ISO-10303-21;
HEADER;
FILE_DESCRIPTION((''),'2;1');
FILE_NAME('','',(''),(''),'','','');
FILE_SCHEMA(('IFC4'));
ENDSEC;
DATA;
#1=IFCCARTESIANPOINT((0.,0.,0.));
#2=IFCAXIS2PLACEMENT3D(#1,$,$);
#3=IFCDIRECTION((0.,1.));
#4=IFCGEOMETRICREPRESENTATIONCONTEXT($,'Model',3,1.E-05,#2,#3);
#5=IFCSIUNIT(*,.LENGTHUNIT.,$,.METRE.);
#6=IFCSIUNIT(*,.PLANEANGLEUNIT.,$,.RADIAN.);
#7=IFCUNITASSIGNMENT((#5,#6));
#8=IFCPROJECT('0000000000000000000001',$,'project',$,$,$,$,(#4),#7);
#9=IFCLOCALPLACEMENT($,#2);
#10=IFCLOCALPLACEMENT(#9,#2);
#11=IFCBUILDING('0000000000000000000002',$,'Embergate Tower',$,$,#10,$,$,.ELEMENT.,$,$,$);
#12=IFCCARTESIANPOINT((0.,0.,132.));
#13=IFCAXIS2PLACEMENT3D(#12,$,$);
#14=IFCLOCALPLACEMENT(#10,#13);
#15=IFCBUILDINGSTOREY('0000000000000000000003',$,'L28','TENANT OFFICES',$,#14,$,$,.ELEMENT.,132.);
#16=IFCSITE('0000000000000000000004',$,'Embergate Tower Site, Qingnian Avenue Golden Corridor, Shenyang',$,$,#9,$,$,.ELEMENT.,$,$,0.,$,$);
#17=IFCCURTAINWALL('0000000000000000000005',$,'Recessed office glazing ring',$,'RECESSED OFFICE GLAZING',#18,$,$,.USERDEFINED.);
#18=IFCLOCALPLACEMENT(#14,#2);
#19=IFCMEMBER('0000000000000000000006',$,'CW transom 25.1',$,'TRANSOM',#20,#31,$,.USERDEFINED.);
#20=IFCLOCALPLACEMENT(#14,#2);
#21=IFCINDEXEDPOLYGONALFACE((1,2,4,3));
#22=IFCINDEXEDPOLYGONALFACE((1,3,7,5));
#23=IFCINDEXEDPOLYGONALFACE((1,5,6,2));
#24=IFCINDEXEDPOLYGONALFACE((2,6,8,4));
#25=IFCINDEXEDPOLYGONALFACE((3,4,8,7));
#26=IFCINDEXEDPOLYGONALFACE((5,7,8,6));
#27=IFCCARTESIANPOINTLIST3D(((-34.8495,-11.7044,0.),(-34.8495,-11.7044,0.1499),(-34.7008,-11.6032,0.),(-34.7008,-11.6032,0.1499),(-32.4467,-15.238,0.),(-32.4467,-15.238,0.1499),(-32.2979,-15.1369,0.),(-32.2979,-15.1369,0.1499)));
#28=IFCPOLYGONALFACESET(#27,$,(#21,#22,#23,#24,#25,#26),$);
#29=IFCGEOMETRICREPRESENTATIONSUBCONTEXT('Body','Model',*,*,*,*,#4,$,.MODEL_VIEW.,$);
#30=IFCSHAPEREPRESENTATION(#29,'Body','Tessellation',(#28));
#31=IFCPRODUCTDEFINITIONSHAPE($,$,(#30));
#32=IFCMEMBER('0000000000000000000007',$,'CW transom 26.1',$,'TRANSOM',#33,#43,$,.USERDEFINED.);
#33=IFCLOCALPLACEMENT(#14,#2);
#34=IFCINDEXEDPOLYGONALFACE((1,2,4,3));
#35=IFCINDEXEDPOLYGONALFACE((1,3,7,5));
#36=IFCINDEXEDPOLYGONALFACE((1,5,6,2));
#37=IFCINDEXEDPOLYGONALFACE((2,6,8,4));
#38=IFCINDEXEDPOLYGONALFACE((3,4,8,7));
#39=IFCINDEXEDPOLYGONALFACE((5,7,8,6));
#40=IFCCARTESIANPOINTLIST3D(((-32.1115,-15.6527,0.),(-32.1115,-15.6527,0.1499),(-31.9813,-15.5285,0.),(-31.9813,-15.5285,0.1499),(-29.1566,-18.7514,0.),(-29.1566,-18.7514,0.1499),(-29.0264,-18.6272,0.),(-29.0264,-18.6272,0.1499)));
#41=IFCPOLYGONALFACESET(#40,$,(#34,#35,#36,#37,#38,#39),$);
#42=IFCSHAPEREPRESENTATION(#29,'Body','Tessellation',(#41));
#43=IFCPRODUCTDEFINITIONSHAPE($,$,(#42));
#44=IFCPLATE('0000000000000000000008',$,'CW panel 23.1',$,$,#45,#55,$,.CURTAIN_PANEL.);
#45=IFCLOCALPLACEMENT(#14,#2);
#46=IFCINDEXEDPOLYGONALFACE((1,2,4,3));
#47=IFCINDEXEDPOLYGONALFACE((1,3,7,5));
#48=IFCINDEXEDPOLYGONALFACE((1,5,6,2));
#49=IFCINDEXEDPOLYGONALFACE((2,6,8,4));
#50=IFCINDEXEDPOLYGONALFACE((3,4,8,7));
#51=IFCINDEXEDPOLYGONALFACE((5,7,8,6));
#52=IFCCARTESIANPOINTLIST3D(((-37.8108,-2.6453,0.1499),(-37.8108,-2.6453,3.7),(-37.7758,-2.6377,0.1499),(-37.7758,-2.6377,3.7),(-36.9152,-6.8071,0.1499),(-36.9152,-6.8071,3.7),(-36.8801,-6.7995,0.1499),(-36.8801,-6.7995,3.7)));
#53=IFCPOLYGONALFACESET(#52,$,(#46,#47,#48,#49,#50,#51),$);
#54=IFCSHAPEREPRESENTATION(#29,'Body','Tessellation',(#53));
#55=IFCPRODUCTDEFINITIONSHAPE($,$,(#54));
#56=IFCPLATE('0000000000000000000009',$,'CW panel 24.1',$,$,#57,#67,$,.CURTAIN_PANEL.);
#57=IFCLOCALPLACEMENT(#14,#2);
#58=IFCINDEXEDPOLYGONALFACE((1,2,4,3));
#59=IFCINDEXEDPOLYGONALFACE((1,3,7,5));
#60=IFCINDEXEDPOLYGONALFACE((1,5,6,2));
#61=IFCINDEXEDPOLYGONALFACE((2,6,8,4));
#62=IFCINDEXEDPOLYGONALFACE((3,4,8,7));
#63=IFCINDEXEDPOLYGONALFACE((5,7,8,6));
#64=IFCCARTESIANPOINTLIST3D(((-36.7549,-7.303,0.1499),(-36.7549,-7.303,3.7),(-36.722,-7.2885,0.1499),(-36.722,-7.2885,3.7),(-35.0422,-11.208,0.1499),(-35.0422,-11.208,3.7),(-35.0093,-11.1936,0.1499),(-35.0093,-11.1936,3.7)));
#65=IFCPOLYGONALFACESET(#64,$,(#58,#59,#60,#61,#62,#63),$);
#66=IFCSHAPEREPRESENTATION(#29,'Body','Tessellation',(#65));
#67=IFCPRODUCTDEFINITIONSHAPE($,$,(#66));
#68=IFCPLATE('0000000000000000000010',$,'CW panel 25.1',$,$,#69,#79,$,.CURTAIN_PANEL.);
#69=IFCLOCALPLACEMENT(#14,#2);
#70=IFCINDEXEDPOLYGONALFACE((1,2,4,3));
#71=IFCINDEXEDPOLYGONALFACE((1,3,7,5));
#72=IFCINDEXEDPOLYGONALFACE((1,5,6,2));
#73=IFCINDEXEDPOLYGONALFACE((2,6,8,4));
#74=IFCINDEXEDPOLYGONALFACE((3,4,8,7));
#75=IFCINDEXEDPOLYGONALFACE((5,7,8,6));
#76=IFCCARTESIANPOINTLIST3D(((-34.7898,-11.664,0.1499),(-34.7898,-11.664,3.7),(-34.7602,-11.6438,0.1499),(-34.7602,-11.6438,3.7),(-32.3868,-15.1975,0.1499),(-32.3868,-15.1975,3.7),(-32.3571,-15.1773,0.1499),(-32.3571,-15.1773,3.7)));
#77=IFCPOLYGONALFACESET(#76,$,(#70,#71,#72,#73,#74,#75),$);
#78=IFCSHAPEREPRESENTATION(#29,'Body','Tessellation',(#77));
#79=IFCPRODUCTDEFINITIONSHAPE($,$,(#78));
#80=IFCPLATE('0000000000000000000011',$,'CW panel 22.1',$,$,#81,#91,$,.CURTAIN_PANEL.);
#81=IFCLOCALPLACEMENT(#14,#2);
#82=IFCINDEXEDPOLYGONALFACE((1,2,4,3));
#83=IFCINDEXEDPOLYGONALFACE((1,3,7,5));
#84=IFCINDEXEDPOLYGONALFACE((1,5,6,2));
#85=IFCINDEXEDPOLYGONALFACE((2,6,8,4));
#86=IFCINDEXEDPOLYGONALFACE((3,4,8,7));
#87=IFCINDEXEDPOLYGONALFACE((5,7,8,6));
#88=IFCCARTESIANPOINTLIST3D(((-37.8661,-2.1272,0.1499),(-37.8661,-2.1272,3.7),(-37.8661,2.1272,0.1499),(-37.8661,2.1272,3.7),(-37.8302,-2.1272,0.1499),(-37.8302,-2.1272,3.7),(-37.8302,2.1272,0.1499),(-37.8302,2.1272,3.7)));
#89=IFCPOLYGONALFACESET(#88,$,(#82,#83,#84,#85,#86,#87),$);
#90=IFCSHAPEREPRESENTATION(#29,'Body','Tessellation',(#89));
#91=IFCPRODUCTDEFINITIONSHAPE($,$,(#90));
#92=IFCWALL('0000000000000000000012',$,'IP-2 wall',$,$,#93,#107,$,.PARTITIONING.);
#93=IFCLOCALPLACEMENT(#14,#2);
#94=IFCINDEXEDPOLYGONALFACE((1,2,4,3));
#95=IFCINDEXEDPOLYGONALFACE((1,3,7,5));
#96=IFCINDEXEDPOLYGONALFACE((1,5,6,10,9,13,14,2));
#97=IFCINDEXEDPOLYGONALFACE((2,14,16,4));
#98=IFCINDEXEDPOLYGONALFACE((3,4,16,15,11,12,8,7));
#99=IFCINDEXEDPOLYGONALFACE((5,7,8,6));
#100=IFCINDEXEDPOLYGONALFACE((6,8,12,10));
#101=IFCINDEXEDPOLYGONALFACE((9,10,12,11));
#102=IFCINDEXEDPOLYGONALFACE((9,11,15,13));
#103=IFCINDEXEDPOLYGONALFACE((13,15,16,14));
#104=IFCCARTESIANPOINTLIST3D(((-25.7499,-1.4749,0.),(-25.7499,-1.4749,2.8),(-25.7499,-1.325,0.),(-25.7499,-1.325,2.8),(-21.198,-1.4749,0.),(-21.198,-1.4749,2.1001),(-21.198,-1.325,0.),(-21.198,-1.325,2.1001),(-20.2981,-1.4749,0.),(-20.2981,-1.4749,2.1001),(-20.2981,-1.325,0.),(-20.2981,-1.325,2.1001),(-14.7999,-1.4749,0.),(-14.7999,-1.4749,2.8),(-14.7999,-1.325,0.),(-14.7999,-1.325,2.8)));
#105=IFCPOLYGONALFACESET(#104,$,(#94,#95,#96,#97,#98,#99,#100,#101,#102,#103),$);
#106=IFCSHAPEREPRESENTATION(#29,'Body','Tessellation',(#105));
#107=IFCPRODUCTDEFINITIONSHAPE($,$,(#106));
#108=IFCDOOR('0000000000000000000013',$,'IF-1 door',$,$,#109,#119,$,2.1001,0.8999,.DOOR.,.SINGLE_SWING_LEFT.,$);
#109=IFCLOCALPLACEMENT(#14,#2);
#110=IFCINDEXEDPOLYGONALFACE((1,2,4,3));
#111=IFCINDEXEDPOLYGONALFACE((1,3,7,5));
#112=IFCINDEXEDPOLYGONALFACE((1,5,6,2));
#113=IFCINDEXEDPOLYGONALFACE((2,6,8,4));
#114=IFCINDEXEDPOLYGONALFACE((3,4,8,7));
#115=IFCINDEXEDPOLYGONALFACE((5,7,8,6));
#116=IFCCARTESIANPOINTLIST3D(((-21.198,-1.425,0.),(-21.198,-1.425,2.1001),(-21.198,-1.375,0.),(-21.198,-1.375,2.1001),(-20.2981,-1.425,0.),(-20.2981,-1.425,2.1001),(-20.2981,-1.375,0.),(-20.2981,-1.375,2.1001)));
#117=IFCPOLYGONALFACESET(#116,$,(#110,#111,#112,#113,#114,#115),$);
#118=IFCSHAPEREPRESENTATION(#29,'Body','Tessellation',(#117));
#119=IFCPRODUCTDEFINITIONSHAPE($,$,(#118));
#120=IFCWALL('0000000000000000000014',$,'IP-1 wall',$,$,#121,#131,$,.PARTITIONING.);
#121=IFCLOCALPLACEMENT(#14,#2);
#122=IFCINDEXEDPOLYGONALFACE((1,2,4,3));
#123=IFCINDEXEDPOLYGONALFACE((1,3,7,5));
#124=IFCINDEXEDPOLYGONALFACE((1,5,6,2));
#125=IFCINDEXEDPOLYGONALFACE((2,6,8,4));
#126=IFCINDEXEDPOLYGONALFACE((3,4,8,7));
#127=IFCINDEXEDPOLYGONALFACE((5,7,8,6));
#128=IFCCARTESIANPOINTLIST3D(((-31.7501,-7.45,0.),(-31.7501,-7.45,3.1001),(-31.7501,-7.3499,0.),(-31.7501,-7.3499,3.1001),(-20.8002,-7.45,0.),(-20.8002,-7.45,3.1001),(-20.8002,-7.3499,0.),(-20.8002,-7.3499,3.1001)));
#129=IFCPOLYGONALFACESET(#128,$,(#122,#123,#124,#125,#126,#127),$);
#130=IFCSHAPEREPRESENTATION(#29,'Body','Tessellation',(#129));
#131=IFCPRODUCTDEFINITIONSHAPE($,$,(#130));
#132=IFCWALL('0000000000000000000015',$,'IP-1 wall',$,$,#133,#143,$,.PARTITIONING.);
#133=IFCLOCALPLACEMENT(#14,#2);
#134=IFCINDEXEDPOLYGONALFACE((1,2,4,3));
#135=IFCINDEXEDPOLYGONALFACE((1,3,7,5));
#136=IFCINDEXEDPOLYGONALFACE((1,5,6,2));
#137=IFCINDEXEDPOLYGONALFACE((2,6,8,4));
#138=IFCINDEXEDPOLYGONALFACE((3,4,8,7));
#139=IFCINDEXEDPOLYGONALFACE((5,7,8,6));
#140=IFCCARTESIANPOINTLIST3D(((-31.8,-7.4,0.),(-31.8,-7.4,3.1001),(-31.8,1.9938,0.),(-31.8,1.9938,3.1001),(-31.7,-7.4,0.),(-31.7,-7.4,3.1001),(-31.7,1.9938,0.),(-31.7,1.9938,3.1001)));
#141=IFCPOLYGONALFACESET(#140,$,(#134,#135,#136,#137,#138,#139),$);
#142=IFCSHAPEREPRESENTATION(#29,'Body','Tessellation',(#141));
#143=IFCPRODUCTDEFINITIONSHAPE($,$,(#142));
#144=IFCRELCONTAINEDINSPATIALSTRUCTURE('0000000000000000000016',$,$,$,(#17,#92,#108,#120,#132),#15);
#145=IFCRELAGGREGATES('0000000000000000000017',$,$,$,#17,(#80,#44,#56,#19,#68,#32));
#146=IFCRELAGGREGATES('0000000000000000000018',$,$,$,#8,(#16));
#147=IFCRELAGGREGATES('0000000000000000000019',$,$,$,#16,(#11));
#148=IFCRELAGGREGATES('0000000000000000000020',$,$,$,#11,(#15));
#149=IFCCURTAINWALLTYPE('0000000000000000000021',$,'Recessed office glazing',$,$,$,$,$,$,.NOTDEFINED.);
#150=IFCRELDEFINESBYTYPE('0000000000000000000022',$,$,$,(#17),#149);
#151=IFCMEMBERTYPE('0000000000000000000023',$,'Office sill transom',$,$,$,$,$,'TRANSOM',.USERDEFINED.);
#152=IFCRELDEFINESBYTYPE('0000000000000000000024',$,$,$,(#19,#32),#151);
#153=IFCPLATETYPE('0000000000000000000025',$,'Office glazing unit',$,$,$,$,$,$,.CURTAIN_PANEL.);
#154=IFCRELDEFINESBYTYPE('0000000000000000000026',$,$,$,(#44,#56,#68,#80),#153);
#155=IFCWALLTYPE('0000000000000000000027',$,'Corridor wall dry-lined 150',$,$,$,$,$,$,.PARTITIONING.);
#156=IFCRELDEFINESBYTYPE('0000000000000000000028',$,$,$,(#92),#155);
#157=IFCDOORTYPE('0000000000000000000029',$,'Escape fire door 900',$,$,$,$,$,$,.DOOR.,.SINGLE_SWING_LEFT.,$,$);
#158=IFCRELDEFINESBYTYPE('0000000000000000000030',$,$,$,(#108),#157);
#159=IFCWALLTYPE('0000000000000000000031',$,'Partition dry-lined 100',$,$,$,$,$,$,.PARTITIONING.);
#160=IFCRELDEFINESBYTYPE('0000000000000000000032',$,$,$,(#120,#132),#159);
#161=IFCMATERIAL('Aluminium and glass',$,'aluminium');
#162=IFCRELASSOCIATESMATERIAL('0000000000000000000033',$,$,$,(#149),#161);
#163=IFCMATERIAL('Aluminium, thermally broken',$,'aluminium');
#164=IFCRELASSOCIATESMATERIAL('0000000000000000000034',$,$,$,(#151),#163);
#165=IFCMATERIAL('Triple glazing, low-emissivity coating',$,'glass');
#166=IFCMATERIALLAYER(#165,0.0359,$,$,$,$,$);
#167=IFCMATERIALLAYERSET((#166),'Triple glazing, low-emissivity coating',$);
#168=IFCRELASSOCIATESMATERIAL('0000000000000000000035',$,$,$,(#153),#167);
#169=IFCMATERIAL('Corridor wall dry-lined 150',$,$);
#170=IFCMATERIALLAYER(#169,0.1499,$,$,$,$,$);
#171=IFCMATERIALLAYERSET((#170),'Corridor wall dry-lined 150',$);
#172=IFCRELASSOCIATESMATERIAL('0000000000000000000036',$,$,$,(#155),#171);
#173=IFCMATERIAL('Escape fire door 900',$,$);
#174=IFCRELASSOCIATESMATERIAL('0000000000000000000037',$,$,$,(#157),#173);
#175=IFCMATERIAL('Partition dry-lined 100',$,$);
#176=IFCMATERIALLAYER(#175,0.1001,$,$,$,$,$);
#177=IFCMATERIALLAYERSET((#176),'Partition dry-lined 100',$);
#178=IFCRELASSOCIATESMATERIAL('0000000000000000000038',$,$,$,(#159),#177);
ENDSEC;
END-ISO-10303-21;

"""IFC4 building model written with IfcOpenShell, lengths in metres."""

from ifc_helpers import new_model, si_unit, direction, frame, frame_2d, origin, origin_2d, place, context, subcontext, project, spatial, rectangle, extrude, source, transform, mapped, material, layer, layer_set, material_profile, profile_set, type_object, element, fill, aggregate, save


model = new_model("IFC4")

# Units and contexts
model_context = context("Model", 3, precision=1e-05, world=origin(), true_north=direction((0.0, 1.0)))
body_context = subcontext(model_context, "Body", "Model", "MODEL_VIEW")
ifc_project = project(units=[si_unit("LENGTHUNIT", "METRE"), si_unit("PLANEANGLEUNIT", "RADIAN")], contexts=[model_context])

# Site, building, storey
site_placement = place(None, origin())
site = spatial("IfcSite", under=ifc_project, at=site_placement, Name="Embergate Tower Site, Qingnian Avenue Golden Corridor, Shenyang", CompositionType="ELEMENT", RefElevation=0.0)
building_placement = place(site_placement, origin())
building = spatial("IfcBuilding", under=site, at=building_placement, Name="Embergate Tower", CompositionType="ELEMENT")
storey_placement = place(building_placement, frame((0.0, 0.0, 132.0)))
storey = spatial("IfcBuildingStorey", under=building, at=storey_placement, Name="L28", Description="TENANT OFFICES", CompositionType="ELEMENT", Elevation=132.0)

# Curtain wall, members, plates
ifc_material_1 = material(Name="Aluminium and glass", Category="aluminium")
curtain_wall_type = type_object("IfcCurtainWallType", Name="Recessed office glazing", PredefinedType="NOTDEFINED", material=ifc_material_1)
curtain_wall_placement = place(storey_placement, origin())
curtain_wall = element("IfcCurtainWall", 1, at=curtain_wall_placement, inside=storey, type_object=curtain_wall_type, Name="Recessed office glazing ring", ObjectType="RECESSED OFFICE GLAZING", PredefinedType="USERDEFINED")
ifc_material_2 = material(Name="Aluminium, thermally broken", Category="aluminium")
ifc_material_profile_1 = material_profile(ifc_material_2, rectangle(XDim=0.1799, YDim=0.1499, at=origin_2d()), Name="AL 150x180")
ifc_profile_set_1 = profile_set([ifc_material_profile_1], Name="Aluminium, thermally broken")
member_type_1 = type_object("IfcMemberType", Name="Office sill transom", ElementType="TRANSOM", PredefinedType="USERDEFINED", material=ifc_profile_set_1)
shared_shape_1 = source(origin(), body_context, "Body", "SweptSolid", [
    extrude(rectangle(XDim=0.1799, YDim=0.1499, at=origin_2d()), origin(), (0.0, 0.0, 1.0), 4.2732),
])
member_1_placement = place(storey_placement, frame((-34.7751, -11.6538, 0.075), z_axis=(0.562298, -0.826935, 0.0), x_axis=(0.826935, 0.562298, 0.0)))
member_1 = element("IfcMember", 2, at=member_1_placement, type_object=member_type_1, Name="CW transom 25.1", ObjectType="TRANSOM", PredefinedType="USERDEFINED", context=body_context, shape_type="MappedRepresentation", body=[
    mapped(shared_shape_1, transform((0.0, 0.0, 0.0))),
])
shared_shape_2 = source(origin(), body_context, "Body", "SweptSolid", [
    extrude(rectangle(XDim=0.1799, YDim=0.1499, at=origin_2d()), origin(), (0.0, 0.0, 1.0), 4.2817),
])
member_2_placement = place(storey_placement, frame((-32.0464, -15.5906, 0.075), z_axis=(0.690115, -0.7237, 0.0), x_axis=(0.7237, 0.690115, 0.0)))
member_2 = element("IfcMember", 3, at=member_2_placement, type_object=member_type_1, Name="CW transom 26.1", ObjectType="TRANSOM", PredefinedType="USERDEFINED", context=body_context, shape_type="MappedRepresentation", body=[
    mapped(shared_shape_2, transform((0.0, 0.0, 0.0))),
])
ifc_material_3 = material(Name="Triple glazing, low-emissivity coating", Category="glass")
ifc_layer_1 = layer(ifc_material_3, 0.0359)
ifc_layer_set_1 = layer_set([ifc_layer_1], Name="Triple glazing, low-emissivity coating")
plate_type = type_object("IfcPlateType", Name="Office glazing unit", PredefinedType="CURTAIN_PANEL", material=ifc_layer_set_1)
shared_shape_3 = source(origin(), body_context, "Body", "SweptSolid", [
    extrude(rectangle(XDim=4.2571, YDim=0.0359, at=origin_2d()), origin(), (0.0, 0.0, 1.0), 3.55),
])
plate_1_placement = place(storey_placement, frame((-37.3455, -4.7224, 0.1499), z_axis=(0.0, 0.0, 1.0), x_axis=(0.210398, -0.977616, 0.0)))
plate_1 = element("IfcPlate", 4, at=plate_1_placement, type_object=plate_type, Name="CW panel 23.1", PredefinedType="CURTAIN_PANEL", context=body_context, shape_type="MappedRepresentation", body=[
    mapped(shared_shape_3, transform((0.0, 0.0, 0.0))),
])
shared_shape_4 = source(origin(), body_context, "Body", "SweptSolid", [
    extrude(rectangle(XDim=4.2642, YDim=0.0359, at=origin_2d()), origin(), (0.0, 0.0, 1.0), 3.55),
])
plate_2_placement = place(storey_placement, frame((-35.8821, -9.2483, 0.1499), z_axis=(0.0, 0.0, 1.0), x_axis=(0.401655, -0.915791, 0.0)))
plate_2 = element("IfcPlate", 5, at=plate_2_placement, type_object=plate_type, Name="CW panel 24.1", PredefinedType="CURTAIN_PANEL", context=body_context, shape_type="MappedRepresentation", body=[
    mapped(shared_shape_4, transform((0.0, 0.0, 0.0))),
])
shared_shape_5 = source(origin(), body_context, "Body", "SweptSolid", [
    extrude(rectangle(XDim=4.2732, YDim=0.0359, at=origin_2d()), origin(), (0.0, 0.0, 1.0), 3.55),
])
plate_3_placement = place(storey_placement, frame((-33.5735, -13.4207, 0.1499), z_axis=(0.0, 0.0, 1.0), x_axis=(0.562345, -0.826903, 0.0)))
plate_3 = element("IfcPlate", 6, at=plate_3_placement, type_object=plate_type, Name="CW panel 25.1", PredefinedType="CURTAIN_PANEL", context=body_context, shape_type="MappedRepresentation", body=[
    mapped(shared_shape_5, transform((0.0, 0.0, 0.0))),
])
shared_shape_6 = source(origin(), body_context, "Body", "SweptSolid", [
    extrude(rectangle(XDim=4.2544, YDim=0.0359, at=origin_2d()), origin(), (0.0, 0.0, 1.0), 3.55),
])
plate_4_placement = place(storey_placement, frame((-37.8481, 0.0, 0.1499), z_axis=(0.0, 0.0, 1.0), x_axis=(0.0, -1.0, 0.0)))
plate_4 = element("IfcPlate", 7, at=plate_4_placement, type_object=plate_type, Name="CW panel 22.1", PredefinedType="CURTAIN_PANEL", context=body_context, shape_type="MappedRepresentation", body=[
    mapped(shared_shape_6, transform((0.0, 0.0, 0.0))),
])
aggregate(curtain_wall, [plate_4, plate_1, plate_2, member_1, plate_3, member_2])

# Wall, opening, door
ifc_material_4 = material(Name="Corridor wall dry-lined 150")
ifc_layer_2 = layer(ifc_material_4, 0.1499)
ifc_layer_set_2 = layer_set([ifc_layer_2], Name="Corridor wall dry-lined 150")
wall_type_1 = type_object("IfcWallType", Name="Corridor wall dry-lined 150", PredefinedType="PARTITIONING", material=ifc_layer_set_2)
shared_shape_7 = source(origin(), body_context, "Body", "SweptSolid", [
    extrude(rectangle(XDim=10.95, YDim=0.1499, at=frame_2d((5.4751, 0.0))), origin(), (0.0, 0.0, 1.0), 2.8),
])
wall_1_placement = place(storey_placement, frame((-25.75, -1.3999, 0.0), z_axis=(0.0, 0.0, 1.0), x_axis=(1.0, 0.0, 0.0)))
wall_1 = element("IfcWall", 8, at=wall_1_placement, inside=storey, type_object=wall_type_1, Name="IP-2 wall", PredefinedType="PARTITIONING", context=body_context, shape_type="MappedRepresentation", body=[
    mapped(shared_shape_7, transform((0.0, 0.0, 0.0))),
])
shared_shape_8 = source(origin(), body_context, "Body", "SweptSolid", [
    extrude(rectangle(XDim=0.8999, YDim=2.1001, at=frame_2d((0.45, 1.05))), frame((0.0, 0.085, 0.0), z_axis=(0.0, -1.0, 0.0), x_axis=(1.0, 0.0, 0.0)), (0.0, 0.0, 1.0), 0.1699),
])
opening_placement = place(wall_1_placement, frame((4.552, 0.0, 0.0)))
opening = element("IfcOpeningElement", 9, at=opening_placement, cuts=wall_1, PredefinedType="OPENING", context=body_context, shape_type="MappedRepresentation", body=[
    mapped(shared_shape_8, transform((0.0, 0.0, 0.0))),
])
ifc_material_5 = material(Name="Escape fire door 900")
door_type = type_object("IfcDoorType", Name="Escape fire door 900", OperationType="SINGLE_SWING_LEFT", PredefinedType="DOOR", material=ifc_material_5)
shared_shape_9 = source(origin(), body_context, "Body", "SweptSolid", [
    extrude(rectangle(XDim=0.8999, YDim=2.1001, at=frame_2d((0.45, 1.05))), frame((0.0, 0.0249, 0.0), z_axis=(0.0, -1.0, 0.0), x_axis=(1.0, 0.0, 0.0)), (0.0, 0.0, 1.0), 0.05),
])
door_placement = place(opening_placement, origin())
door = element("IfcDoor", 10, at=door_placement, inside=storey, type_object=door_type, Name="IF-1 door", OperationType="SINGLE_SWING_LEFT", OverallHeight=2.1001, OverallWidth=0.8999, PredefinedType="DOOR", context=body_context, shape_type="MappedRepresentation", body=[
    mapped(shared_shape_9, transform((0.0, 0.0, 0.0))),
])
fill(opening, door)

# Walls
ifc_material_6 = material(Name="Partition dry-lined 100")
ifc_layer_3 = layer(ifc_material_6, 0.1001)
ifc_layer_set_3 = layer_set([ifc_layer_3], Name="Partition dry-lined 100")
wall_type_2 = type_object("IfcWallType", Name="Partition dry-lined 100", PredefinedType="PARTITIONING", material=ifc_layer_set_3)
shared_shape_10 = source(origin(), body_context, "Body", "SweptSolid", [
    extrude(rectangle(XDim=10.95, YDim=0.1001, at=frame_2d((5.4751, 0.0))), origin(), (0.0, 0.0, 1.0), 3.1001),
])
wall_2_placement = place(storey_placement, frame((-20.8, -7.3999, 0.0), z_axis=(0.0, 0.0, 1.0), x_axis=(-1.0, 0.0, 0.0)))
element("IfcWall", 11, at=wall_2_placement, inside=storey, type_object=wall_type_2, Name="IP-1 wall", PredefinedType="PARTITIONING", context=body_context, shape_type="MappedRepresentation", body=[
    mapped(shared_shape_10, transform((0.0, 0.0, 0.0))),
])
shared_shape_11 = source(origin(), body_context, "Body", "SweptSolid", [
    extrude(rectangle(XDim=9.3938, YDim=0.1001, at=frame_2d((4.6968, 0.0))), origin(), (0.0, 0.0, 1.0), 3.1001),
])
wall_3_placement = place(storey_placement, frame((-31.75, -7.3999, 0.0), z_axis=(0.0, 0.0, 1.0), x_axis=(0.0, 1.0, 0.0)))
element("IfcWall", 12, at=wall_3_placement, inside=storey, type_object=wall_type_2, Name="IP-1 wall", PredefinedType="PARTITIONING", context=body_context, shape_type="MappedRepresentation", body=[
    mapped(shared_shape_11, transform((0.0, 0.0, 0.0))),
])

save(model, "model.ifc")
